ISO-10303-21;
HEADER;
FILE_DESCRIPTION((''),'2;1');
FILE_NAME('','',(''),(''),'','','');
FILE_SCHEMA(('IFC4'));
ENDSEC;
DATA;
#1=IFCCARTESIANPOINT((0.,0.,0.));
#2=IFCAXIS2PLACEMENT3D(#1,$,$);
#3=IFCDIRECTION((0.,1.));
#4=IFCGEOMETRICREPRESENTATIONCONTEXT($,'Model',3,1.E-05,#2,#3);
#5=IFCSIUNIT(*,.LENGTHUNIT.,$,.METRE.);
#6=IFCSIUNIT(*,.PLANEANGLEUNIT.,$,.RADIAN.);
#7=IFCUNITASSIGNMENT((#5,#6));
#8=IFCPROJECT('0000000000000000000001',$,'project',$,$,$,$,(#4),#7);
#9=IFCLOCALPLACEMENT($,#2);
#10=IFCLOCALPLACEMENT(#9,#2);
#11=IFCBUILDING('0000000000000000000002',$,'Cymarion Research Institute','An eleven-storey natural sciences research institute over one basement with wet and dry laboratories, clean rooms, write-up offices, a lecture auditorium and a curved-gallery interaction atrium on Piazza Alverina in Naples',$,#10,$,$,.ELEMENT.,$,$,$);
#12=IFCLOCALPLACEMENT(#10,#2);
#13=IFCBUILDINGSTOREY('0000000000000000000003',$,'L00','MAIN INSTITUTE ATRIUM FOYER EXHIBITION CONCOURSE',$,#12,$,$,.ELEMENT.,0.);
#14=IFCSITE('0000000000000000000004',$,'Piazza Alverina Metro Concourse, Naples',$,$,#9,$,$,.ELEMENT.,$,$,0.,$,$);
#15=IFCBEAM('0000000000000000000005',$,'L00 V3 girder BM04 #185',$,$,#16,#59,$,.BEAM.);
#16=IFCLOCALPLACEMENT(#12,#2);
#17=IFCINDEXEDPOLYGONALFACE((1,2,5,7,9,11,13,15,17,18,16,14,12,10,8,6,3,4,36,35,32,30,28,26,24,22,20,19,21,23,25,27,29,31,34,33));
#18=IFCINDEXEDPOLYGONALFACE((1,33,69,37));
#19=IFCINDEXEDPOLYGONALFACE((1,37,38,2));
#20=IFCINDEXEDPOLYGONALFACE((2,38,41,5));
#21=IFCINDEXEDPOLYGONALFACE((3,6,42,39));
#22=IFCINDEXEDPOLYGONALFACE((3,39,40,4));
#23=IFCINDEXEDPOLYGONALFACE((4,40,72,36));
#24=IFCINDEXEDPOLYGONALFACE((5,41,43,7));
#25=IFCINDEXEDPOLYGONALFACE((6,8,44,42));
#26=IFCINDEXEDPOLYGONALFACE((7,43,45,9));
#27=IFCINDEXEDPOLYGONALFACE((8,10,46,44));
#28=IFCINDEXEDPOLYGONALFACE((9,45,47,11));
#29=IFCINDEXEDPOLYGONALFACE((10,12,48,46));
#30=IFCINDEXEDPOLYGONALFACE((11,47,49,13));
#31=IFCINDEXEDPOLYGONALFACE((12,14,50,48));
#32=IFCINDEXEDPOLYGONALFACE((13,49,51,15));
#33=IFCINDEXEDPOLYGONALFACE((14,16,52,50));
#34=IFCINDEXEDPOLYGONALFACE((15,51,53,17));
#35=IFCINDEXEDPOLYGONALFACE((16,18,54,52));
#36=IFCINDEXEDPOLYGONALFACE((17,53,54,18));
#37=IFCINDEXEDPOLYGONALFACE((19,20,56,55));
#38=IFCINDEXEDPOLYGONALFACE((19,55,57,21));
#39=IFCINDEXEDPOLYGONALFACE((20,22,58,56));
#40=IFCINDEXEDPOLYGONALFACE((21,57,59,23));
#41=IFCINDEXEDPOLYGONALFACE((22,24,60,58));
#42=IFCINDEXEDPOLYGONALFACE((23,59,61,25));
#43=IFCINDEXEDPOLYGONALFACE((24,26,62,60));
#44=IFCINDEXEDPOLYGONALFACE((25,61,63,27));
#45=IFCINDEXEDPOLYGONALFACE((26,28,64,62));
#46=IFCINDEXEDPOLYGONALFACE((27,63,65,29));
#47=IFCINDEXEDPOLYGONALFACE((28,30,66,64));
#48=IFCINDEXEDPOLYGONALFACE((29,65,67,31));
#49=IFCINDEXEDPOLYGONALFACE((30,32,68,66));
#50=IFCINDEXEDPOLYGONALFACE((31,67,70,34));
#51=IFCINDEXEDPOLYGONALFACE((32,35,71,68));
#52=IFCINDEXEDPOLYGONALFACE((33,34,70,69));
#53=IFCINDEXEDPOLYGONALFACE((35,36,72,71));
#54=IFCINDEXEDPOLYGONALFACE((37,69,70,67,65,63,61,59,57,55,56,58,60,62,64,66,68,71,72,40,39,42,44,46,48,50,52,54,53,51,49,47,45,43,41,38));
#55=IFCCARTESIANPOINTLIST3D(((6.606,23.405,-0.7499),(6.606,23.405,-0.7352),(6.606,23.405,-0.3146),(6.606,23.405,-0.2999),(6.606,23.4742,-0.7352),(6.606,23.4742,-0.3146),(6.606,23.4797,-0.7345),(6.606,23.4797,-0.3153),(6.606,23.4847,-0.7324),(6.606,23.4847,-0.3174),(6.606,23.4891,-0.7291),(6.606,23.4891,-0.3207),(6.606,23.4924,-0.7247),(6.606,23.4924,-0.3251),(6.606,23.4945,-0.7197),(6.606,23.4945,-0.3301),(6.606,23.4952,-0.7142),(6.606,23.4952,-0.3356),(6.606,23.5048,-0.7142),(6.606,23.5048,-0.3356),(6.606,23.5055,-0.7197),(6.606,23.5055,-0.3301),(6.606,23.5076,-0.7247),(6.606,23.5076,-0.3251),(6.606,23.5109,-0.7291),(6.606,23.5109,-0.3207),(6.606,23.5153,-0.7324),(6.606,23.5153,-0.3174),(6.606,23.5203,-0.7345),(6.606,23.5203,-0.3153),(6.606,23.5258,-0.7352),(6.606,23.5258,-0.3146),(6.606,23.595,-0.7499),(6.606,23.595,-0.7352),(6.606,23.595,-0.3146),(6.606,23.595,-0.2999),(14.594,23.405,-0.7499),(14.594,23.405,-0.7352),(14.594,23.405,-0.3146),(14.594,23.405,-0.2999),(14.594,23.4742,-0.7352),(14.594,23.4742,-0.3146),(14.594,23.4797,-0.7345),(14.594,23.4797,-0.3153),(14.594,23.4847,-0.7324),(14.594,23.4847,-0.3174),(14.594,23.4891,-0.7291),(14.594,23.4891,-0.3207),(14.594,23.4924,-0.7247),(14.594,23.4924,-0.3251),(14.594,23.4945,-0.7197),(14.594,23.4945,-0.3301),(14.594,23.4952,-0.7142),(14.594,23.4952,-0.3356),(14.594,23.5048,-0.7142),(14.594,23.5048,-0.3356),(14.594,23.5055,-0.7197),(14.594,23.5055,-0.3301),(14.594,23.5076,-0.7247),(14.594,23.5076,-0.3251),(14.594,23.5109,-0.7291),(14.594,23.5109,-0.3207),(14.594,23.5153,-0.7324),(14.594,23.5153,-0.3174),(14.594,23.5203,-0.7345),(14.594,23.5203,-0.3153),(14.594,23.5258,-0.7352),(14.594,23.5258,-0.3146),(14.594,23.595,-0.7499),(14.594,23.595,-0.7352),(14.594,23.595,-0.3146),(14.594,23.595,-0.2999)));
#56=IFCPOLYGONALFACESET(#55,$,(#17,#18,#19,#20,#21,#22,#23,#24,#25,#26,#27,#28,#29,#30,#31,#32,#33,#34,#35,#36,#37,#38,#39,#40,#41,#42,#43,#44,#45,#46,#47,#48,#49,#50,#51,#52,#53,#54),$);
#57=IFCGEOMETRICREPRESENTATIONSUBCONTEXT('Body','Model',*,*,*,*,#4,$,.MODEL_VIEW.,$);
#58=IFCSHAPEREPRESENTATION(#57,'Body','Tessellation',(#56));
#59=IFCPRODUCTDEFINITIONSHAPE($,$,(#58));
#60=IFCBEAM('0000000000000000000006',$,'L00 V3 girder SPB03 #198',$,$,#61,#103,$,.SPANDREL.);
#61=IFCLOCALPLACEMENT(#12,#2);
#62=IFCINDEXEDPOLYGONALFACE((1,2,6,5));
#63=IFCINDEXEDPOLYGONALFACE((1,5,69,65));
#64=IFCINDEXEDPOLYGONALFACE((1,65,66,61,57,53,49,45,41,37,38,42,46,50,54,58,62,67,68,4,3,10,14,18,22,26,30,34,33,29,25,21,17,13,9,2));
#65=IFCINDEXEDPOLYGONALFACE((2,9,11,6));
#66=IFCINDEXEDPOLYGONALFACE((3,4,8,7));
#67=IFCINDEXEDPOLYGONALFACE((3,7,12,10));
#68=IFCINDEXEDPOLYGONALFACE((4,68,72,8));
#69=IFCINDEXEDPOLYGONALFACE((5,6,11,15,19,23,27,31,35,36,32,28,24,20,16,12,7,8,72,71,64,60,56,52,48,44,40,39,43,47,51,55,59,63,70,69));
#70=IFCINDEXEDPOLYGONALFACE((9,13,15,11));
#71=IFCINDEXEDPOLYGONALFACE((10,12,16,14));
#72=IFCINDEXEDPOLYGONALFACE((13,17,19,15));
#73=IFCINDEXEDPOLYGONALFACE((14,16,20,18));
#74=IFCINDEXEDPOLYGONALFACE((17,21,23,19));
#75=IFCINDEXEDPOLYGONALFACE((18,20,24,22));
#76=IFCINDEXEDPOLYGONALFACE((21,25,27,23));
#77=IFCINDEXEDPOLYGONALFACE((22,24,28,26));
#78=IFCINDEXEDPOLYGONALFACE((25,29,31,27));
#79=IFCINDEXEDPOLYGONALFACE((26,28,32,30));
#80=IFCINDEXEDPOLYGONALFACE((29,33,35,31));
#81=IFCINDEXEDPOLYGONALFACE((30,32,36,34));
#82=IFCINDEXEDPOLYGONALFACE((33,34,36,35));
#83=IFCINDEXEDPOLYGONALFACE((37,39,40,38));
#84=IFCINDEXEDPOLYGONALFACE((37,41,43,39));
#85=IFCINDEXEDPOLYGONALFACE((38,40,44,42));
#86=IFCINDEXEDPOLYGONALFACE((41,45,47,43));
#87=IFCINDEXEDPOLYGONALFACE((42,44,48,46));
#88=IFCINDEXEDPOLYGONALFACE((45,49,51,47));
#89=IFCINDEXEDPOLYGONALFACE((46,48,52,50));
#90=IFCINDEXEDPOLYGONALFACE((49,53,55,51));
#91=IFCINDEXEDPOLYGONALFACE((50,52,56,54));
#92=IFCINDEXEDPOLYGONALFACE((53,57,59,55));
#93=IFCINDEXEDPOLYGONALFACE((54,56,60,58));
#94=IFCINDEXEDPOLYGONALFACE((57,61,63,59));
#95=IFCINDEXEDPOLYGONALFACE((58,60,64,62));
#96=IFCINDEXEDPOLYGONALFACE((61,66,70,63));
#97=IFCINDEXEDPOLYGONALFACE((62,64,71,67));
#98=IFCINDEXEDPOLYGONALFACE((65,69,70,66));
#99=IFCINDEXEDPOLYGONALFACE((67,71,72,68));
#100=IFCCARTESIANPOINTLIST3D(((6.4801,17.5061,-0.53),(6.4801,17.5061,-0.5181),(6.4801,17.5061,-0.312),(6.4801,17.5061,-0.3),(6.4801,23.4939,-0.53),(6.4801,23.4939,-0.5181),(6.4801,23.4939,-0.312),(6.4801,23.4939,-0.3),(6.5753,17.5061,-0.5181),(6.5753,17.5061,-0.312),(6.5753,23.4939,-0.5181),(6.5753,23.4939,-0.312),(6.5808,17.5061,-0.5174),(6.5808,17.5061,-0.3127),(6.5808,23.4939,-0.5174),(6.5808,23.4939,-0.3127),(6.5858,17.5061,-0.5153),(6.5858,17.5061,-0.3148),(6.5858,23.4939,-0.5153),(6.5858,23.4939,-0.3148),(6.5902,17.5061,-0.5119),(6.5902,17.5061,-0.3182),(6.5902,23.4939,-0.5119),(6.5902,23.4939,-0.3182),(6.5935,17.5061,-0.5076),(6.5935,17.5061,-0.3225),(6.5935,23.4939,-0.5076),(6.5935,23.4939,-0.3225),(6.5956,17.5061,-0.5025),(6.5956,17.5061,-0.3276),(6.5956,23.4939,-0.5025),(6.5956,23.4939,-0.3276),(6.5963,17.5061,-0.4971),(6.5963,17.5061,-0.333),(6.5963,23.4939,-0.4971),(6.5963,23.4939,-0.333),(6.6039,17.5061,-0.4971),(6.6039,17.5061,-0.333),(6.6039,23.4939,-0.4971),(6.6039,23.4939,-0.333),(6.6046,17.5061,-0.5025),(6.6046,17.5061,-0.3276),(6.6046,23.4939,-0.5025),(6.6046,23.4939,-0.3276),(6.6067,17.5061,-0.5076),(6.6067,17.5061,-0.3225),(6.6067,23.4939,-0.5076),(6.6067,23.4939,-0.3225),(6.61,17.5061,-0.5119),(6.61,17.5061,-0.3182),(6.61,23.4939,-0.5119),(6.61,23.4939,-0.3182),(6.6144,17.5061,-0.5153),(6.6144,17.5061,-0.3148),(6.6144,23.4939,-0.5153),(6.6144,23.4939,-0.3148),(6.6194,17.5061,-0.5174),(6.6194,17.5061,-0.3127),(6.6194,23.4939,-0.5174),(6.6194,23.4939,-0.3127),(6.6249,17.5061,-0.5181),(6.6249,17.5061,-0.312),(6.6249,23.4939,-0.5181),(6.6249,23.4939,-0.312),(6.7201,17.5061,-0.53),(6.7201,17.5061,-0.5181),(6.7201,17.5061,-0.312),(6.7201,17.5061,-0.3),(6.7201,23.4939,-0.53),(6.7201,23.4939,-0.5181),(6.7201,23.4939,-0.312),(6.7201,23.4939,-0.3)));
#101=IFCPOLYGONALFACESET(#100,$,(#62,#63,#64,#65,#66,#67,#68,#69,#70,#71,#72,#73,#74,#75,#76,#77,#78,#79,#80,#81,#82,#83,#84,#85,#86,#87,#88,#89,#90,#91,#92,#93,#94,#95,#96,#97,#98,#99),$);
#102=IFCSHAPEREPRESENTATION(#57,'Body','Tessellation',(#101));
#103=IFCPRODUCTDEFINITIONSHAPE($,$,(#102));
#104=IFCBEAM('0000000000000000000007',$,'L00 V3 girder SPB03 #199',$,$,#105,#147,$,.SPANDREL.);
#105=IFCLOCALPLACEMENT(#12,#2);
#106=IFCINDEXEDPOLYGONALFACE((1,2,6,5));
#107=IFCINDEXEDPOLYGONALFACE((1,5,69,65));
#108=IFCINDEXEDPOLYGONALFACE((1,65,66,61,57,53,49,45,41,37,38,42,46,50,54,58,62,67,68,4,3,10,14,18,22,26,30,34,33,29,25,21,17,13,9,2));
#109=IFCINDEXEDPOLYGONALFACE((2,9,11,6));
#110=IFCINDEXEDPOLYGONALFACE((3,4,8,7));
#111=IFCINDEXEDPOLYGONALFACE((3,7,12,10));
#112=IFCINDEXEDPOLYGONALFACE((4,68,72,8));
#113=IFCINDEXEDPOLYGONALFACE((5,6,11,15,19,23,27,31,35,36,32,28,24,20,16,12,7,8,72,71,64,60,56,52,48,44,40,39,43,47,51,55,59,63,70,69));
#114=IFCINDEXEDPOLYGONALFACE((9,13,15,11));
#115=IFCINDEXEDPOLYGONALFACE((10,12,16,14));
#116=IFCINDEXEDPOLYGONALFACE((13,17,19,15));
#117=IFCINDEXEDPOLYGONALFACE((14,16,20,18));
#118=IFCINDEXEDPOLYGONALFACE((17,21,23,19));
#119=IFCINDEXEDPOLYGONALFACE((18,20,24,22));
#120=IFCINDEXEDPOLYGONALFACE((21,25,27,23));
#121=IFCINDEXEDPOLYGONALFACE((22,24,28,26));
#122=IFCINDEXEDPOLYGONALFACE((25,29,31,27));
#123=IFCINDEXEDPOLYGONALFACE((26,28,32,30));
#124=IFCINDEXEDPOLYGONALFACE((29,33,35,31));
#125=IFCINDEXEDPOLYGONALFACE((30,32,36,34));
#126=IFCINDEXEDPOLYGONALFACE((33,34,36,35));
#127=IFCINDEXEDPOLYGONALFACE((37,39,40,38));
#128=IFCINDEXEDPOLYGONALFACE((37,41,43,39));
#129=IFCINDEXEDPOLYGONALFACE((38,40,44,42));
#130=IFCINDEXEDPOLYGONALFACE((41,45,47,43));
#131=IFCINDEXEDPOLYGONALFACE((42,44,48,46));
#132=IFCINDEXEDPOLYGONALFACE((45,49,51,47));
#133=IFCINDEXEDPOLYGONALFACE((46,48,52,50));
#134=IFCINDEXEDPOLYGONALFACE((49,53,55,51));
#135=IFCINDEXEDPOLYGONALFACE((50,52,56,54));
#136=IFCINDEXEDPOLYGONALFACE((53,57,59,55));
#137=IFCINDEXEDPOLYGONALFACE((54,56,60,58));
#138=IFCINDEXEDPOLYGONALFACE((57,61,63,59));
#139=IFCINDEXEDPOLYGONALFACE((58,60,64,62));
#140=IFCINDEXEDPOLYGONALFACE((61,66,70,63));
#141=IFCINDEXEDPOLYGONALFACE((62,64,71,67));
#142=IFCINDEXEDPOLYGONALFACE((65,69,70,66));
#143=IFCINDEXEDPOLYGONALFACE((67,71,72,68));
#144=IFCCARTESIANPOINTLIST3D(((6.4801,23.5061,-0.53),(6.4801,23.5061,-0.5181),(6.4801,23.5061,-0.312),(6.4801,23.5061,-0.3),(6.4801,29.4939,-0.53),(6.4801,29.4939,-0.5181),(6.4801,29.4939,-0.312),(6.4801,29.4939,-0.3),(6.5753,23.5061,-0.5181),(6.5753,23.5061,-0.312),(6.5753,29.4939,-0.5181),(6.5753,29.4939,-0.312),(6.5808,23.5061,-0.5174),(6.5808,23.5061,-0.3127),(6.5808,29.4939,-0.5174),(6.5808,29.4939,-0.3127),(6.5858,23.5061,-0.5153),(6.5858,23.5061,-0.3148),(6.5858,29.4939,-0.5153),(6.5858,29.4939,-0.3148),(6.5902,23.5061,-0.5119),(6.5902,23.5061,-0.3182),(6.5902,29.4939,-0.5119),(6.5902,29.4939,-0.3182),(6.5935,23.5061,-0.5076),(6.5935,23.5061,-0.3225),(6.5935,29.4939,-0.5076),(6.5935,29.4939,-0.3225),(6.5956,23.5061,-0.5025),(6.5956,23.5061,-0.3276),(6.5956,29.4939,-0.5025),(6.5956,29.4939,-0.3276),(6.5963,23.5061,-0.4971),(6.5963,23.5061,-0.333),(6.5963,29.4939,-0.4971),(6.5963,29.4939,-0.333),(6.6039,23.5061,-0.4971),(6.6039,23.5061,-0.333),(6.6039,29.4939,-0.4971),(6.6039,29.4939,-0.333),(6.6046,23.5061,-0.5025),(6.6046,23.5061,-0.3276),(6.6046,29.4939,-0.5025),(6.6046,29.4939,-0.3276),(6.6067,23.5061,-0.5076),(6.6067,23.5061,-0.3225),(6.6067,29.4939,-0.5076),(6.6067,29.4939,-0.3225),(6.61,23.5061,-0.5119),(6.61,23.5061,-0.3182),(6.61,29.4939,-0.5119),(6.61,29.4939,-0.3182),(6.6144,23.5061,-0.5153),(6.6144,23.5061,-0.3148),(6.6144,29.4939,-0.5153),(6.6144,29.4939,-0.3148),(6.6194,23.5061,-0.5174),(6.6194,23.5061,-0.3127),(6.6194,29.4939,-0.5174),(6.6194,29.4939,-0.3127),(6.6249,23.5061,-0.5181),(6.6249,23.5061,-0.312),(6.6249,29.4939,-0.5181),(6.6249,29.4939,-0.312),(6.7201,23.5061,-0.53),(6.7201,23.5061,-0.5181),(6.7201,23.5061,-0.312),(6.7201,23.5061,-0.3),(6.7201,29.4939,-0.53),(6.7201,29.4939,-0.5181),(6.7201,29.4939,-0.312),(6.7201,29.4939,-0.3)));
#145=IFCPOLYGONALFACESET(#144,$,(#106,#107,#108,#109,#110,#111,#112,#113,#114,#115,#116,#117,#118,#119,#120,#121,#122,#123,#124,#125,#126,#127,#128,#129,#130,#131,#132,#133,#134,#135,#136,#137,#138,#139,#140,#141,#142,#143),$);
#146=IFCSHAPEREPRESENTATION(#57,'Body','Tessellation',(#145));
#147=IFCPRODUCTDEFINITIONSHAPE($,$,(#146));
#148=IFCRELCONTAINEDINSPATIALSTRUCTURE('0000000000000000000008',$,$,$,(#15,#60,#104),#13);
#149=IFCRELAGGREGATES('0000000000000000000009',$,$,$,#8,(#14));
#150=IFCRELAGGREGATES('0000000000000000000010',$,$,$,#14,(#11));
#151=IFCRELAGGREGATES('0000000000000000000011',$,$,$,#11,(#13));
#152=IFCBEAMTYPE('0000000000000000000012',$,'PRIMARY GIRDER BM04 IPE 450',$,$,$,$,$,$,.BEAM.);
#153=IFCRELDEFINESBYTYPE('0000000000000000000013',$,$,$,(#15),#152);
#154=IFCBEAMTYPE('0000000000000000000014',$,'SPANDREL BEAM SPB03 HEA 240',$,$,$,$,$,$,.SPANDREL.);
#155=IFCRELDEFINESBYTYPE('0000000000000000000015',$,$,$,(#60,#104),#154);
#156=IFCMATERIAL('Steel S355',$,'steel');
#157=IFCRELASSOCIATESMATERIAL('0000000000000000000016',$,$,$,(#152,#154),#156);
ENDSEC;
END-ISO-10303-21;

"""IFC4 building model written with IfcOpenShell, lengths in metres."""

from ifc_helpers import new_model, si_unit, direction, frame, origin, origin_2d, place, context, subcontext, project, spatial, i_section, extrude, material, material_profile, profile_set, type_object, element, save


model = new_model("IFC4")

# Units and contexts
model_context = context("Model", 3, precision=1e-05, world=origin(), true_north=direction((0.0, 1.0)))
body_context = subcontext(model_context, "Body", "Model", "MODEL_VIEW")
ifc_project = project(units=[si_unit("LENGTHUNIT", "METRE"), si_unit("PLANEANGLEUNIT", "RADIAN")], contexts=[model_context])

# Site, building, storey
site_placement = place(None, origin())
site = spatial("IfcSite", under=ifc_project, at=site_placement, Name="Piazza Alverina Metro Concourse, Naples", CompositionType="ELEMENT", RefElevation=0.0)
building_placement = place(site_placement, origin())
building = spatial("IfcBuilding", under=site, at=building_placement, Name="Cymarion Research Institute", Description="An eleven-storey natural sciences research institute over one basement with wet and dry laboratories, clean rooms, write-up offices, a lecture auditorium and a curved-gallery interaction atrium on Piazza Alverina in Naples", CompositionType="ELEMENT")
storey_placement = place(building_placement, origin())
storey = spatial("IfcBuildingStorey", under=building, at=storey_placement, Name="L00", Description="MAIN INSTITUTE ATRIUM FOYER EXHIBITION CONCOURSE", CompositionType="ELEMENT", Elevation=0.0)

# Shared definitions
ifc_material_1 = material(Name="Steel S355", Category="steel")

# Beams
ifc_material_profile_1 = material_profile(ifc_material_1, i_section(OverallWidth=0.1899, OverallDepth=0.45, WebThickness=0.0095, FlangeThickness=0.0146, FilletRadius=0.021, at=origin_2d()), Name="IPE 450")
ifc_profile_set_1 = profile_set([ifc_material_profile_1], Name="Steel S355")
beam_type_1 = type_object("IfcBeamType", Name="PRIMARY GIRDER BM04 IPE 450", PredefinedType="BEAM", material=ifc_profile_set_1)
for number, where, z_axis, x_axis, name in (
    (1, (6.606, 23.5, -0.5249), (1.0, 0.0, 0.0), (0.0, 1.0, 0.0), "L00 V3 girder BM04 #185"),
):
    element("IfcBeam", number, at=place(storey_placement, frame(where, z_axis=z_axis, x_axis=x_axis)), inside=storey, type_object=beam_type_1, Name=name, PredefinedType="BEAM", context=body_context, shape_type="SweptSolid", body=[
        extrude(i_section(OverallWidth=0.1899, OverallDepth=0.45, WebThickness=0.0095, FlangeThickness=0.0146, FilletRadius=0.021, at=origin_2d()), origin(), (0.0, 0.0, 1.0), 7.988),
    ])
ifc_material_profile_2 = material_profile(ifc_material_1, i_section(OverallWidth=0.24, OverallDepth=0.23, WebThickness=0.0076, FlangeThickness=0.012, FilletRadius=0.021, at=origin_2d()), Name="HEA 240")
ifc_profile_set_2 = profile_set([ifc_material_profile_2], Name="Steel S355")
beam_type_2 = type_object("IfcBeamType", Name="SPANDREL BEAM SPB03 HEA 240", PredefinedType="SPANDREL", material=ifc_profile_set_2)
for number, where, z_axis, x_axis, name in (
    (2, (6.6001, 17.5061, -0.415), (0.0, 1.0, 0.0), (-1.0, 0.0, 0.0), "L00 V3 girder SPB03 #198"),
    (3, (6.6001, 23.5061, -0.415), (0.0, 1.0, 0.0), (-1.0, 0.0, 0.0), "L00 V3 girder SPB03 #199"),
):
    element("IfcBeam", number, at=place(storey_placement, frame(where, z_axis=z_axis, x_axis=x_axis)), inside=storey, type_object=beam_type_2, Name=name, PredefinedType="SPANDREL", context=body_context, shape_type="SweptSolid", body=[
        extrude(i_section(OverallWidth=0.24, OverallDepth=0.23, WebThickness=0.0076, FlangeThickness=0.012, FilletRadius=0.021, at=origin_2d()), origin(), (0.0, 0.0, 1.0), 5.9878),
    ])

save(model, "model.ifc")
